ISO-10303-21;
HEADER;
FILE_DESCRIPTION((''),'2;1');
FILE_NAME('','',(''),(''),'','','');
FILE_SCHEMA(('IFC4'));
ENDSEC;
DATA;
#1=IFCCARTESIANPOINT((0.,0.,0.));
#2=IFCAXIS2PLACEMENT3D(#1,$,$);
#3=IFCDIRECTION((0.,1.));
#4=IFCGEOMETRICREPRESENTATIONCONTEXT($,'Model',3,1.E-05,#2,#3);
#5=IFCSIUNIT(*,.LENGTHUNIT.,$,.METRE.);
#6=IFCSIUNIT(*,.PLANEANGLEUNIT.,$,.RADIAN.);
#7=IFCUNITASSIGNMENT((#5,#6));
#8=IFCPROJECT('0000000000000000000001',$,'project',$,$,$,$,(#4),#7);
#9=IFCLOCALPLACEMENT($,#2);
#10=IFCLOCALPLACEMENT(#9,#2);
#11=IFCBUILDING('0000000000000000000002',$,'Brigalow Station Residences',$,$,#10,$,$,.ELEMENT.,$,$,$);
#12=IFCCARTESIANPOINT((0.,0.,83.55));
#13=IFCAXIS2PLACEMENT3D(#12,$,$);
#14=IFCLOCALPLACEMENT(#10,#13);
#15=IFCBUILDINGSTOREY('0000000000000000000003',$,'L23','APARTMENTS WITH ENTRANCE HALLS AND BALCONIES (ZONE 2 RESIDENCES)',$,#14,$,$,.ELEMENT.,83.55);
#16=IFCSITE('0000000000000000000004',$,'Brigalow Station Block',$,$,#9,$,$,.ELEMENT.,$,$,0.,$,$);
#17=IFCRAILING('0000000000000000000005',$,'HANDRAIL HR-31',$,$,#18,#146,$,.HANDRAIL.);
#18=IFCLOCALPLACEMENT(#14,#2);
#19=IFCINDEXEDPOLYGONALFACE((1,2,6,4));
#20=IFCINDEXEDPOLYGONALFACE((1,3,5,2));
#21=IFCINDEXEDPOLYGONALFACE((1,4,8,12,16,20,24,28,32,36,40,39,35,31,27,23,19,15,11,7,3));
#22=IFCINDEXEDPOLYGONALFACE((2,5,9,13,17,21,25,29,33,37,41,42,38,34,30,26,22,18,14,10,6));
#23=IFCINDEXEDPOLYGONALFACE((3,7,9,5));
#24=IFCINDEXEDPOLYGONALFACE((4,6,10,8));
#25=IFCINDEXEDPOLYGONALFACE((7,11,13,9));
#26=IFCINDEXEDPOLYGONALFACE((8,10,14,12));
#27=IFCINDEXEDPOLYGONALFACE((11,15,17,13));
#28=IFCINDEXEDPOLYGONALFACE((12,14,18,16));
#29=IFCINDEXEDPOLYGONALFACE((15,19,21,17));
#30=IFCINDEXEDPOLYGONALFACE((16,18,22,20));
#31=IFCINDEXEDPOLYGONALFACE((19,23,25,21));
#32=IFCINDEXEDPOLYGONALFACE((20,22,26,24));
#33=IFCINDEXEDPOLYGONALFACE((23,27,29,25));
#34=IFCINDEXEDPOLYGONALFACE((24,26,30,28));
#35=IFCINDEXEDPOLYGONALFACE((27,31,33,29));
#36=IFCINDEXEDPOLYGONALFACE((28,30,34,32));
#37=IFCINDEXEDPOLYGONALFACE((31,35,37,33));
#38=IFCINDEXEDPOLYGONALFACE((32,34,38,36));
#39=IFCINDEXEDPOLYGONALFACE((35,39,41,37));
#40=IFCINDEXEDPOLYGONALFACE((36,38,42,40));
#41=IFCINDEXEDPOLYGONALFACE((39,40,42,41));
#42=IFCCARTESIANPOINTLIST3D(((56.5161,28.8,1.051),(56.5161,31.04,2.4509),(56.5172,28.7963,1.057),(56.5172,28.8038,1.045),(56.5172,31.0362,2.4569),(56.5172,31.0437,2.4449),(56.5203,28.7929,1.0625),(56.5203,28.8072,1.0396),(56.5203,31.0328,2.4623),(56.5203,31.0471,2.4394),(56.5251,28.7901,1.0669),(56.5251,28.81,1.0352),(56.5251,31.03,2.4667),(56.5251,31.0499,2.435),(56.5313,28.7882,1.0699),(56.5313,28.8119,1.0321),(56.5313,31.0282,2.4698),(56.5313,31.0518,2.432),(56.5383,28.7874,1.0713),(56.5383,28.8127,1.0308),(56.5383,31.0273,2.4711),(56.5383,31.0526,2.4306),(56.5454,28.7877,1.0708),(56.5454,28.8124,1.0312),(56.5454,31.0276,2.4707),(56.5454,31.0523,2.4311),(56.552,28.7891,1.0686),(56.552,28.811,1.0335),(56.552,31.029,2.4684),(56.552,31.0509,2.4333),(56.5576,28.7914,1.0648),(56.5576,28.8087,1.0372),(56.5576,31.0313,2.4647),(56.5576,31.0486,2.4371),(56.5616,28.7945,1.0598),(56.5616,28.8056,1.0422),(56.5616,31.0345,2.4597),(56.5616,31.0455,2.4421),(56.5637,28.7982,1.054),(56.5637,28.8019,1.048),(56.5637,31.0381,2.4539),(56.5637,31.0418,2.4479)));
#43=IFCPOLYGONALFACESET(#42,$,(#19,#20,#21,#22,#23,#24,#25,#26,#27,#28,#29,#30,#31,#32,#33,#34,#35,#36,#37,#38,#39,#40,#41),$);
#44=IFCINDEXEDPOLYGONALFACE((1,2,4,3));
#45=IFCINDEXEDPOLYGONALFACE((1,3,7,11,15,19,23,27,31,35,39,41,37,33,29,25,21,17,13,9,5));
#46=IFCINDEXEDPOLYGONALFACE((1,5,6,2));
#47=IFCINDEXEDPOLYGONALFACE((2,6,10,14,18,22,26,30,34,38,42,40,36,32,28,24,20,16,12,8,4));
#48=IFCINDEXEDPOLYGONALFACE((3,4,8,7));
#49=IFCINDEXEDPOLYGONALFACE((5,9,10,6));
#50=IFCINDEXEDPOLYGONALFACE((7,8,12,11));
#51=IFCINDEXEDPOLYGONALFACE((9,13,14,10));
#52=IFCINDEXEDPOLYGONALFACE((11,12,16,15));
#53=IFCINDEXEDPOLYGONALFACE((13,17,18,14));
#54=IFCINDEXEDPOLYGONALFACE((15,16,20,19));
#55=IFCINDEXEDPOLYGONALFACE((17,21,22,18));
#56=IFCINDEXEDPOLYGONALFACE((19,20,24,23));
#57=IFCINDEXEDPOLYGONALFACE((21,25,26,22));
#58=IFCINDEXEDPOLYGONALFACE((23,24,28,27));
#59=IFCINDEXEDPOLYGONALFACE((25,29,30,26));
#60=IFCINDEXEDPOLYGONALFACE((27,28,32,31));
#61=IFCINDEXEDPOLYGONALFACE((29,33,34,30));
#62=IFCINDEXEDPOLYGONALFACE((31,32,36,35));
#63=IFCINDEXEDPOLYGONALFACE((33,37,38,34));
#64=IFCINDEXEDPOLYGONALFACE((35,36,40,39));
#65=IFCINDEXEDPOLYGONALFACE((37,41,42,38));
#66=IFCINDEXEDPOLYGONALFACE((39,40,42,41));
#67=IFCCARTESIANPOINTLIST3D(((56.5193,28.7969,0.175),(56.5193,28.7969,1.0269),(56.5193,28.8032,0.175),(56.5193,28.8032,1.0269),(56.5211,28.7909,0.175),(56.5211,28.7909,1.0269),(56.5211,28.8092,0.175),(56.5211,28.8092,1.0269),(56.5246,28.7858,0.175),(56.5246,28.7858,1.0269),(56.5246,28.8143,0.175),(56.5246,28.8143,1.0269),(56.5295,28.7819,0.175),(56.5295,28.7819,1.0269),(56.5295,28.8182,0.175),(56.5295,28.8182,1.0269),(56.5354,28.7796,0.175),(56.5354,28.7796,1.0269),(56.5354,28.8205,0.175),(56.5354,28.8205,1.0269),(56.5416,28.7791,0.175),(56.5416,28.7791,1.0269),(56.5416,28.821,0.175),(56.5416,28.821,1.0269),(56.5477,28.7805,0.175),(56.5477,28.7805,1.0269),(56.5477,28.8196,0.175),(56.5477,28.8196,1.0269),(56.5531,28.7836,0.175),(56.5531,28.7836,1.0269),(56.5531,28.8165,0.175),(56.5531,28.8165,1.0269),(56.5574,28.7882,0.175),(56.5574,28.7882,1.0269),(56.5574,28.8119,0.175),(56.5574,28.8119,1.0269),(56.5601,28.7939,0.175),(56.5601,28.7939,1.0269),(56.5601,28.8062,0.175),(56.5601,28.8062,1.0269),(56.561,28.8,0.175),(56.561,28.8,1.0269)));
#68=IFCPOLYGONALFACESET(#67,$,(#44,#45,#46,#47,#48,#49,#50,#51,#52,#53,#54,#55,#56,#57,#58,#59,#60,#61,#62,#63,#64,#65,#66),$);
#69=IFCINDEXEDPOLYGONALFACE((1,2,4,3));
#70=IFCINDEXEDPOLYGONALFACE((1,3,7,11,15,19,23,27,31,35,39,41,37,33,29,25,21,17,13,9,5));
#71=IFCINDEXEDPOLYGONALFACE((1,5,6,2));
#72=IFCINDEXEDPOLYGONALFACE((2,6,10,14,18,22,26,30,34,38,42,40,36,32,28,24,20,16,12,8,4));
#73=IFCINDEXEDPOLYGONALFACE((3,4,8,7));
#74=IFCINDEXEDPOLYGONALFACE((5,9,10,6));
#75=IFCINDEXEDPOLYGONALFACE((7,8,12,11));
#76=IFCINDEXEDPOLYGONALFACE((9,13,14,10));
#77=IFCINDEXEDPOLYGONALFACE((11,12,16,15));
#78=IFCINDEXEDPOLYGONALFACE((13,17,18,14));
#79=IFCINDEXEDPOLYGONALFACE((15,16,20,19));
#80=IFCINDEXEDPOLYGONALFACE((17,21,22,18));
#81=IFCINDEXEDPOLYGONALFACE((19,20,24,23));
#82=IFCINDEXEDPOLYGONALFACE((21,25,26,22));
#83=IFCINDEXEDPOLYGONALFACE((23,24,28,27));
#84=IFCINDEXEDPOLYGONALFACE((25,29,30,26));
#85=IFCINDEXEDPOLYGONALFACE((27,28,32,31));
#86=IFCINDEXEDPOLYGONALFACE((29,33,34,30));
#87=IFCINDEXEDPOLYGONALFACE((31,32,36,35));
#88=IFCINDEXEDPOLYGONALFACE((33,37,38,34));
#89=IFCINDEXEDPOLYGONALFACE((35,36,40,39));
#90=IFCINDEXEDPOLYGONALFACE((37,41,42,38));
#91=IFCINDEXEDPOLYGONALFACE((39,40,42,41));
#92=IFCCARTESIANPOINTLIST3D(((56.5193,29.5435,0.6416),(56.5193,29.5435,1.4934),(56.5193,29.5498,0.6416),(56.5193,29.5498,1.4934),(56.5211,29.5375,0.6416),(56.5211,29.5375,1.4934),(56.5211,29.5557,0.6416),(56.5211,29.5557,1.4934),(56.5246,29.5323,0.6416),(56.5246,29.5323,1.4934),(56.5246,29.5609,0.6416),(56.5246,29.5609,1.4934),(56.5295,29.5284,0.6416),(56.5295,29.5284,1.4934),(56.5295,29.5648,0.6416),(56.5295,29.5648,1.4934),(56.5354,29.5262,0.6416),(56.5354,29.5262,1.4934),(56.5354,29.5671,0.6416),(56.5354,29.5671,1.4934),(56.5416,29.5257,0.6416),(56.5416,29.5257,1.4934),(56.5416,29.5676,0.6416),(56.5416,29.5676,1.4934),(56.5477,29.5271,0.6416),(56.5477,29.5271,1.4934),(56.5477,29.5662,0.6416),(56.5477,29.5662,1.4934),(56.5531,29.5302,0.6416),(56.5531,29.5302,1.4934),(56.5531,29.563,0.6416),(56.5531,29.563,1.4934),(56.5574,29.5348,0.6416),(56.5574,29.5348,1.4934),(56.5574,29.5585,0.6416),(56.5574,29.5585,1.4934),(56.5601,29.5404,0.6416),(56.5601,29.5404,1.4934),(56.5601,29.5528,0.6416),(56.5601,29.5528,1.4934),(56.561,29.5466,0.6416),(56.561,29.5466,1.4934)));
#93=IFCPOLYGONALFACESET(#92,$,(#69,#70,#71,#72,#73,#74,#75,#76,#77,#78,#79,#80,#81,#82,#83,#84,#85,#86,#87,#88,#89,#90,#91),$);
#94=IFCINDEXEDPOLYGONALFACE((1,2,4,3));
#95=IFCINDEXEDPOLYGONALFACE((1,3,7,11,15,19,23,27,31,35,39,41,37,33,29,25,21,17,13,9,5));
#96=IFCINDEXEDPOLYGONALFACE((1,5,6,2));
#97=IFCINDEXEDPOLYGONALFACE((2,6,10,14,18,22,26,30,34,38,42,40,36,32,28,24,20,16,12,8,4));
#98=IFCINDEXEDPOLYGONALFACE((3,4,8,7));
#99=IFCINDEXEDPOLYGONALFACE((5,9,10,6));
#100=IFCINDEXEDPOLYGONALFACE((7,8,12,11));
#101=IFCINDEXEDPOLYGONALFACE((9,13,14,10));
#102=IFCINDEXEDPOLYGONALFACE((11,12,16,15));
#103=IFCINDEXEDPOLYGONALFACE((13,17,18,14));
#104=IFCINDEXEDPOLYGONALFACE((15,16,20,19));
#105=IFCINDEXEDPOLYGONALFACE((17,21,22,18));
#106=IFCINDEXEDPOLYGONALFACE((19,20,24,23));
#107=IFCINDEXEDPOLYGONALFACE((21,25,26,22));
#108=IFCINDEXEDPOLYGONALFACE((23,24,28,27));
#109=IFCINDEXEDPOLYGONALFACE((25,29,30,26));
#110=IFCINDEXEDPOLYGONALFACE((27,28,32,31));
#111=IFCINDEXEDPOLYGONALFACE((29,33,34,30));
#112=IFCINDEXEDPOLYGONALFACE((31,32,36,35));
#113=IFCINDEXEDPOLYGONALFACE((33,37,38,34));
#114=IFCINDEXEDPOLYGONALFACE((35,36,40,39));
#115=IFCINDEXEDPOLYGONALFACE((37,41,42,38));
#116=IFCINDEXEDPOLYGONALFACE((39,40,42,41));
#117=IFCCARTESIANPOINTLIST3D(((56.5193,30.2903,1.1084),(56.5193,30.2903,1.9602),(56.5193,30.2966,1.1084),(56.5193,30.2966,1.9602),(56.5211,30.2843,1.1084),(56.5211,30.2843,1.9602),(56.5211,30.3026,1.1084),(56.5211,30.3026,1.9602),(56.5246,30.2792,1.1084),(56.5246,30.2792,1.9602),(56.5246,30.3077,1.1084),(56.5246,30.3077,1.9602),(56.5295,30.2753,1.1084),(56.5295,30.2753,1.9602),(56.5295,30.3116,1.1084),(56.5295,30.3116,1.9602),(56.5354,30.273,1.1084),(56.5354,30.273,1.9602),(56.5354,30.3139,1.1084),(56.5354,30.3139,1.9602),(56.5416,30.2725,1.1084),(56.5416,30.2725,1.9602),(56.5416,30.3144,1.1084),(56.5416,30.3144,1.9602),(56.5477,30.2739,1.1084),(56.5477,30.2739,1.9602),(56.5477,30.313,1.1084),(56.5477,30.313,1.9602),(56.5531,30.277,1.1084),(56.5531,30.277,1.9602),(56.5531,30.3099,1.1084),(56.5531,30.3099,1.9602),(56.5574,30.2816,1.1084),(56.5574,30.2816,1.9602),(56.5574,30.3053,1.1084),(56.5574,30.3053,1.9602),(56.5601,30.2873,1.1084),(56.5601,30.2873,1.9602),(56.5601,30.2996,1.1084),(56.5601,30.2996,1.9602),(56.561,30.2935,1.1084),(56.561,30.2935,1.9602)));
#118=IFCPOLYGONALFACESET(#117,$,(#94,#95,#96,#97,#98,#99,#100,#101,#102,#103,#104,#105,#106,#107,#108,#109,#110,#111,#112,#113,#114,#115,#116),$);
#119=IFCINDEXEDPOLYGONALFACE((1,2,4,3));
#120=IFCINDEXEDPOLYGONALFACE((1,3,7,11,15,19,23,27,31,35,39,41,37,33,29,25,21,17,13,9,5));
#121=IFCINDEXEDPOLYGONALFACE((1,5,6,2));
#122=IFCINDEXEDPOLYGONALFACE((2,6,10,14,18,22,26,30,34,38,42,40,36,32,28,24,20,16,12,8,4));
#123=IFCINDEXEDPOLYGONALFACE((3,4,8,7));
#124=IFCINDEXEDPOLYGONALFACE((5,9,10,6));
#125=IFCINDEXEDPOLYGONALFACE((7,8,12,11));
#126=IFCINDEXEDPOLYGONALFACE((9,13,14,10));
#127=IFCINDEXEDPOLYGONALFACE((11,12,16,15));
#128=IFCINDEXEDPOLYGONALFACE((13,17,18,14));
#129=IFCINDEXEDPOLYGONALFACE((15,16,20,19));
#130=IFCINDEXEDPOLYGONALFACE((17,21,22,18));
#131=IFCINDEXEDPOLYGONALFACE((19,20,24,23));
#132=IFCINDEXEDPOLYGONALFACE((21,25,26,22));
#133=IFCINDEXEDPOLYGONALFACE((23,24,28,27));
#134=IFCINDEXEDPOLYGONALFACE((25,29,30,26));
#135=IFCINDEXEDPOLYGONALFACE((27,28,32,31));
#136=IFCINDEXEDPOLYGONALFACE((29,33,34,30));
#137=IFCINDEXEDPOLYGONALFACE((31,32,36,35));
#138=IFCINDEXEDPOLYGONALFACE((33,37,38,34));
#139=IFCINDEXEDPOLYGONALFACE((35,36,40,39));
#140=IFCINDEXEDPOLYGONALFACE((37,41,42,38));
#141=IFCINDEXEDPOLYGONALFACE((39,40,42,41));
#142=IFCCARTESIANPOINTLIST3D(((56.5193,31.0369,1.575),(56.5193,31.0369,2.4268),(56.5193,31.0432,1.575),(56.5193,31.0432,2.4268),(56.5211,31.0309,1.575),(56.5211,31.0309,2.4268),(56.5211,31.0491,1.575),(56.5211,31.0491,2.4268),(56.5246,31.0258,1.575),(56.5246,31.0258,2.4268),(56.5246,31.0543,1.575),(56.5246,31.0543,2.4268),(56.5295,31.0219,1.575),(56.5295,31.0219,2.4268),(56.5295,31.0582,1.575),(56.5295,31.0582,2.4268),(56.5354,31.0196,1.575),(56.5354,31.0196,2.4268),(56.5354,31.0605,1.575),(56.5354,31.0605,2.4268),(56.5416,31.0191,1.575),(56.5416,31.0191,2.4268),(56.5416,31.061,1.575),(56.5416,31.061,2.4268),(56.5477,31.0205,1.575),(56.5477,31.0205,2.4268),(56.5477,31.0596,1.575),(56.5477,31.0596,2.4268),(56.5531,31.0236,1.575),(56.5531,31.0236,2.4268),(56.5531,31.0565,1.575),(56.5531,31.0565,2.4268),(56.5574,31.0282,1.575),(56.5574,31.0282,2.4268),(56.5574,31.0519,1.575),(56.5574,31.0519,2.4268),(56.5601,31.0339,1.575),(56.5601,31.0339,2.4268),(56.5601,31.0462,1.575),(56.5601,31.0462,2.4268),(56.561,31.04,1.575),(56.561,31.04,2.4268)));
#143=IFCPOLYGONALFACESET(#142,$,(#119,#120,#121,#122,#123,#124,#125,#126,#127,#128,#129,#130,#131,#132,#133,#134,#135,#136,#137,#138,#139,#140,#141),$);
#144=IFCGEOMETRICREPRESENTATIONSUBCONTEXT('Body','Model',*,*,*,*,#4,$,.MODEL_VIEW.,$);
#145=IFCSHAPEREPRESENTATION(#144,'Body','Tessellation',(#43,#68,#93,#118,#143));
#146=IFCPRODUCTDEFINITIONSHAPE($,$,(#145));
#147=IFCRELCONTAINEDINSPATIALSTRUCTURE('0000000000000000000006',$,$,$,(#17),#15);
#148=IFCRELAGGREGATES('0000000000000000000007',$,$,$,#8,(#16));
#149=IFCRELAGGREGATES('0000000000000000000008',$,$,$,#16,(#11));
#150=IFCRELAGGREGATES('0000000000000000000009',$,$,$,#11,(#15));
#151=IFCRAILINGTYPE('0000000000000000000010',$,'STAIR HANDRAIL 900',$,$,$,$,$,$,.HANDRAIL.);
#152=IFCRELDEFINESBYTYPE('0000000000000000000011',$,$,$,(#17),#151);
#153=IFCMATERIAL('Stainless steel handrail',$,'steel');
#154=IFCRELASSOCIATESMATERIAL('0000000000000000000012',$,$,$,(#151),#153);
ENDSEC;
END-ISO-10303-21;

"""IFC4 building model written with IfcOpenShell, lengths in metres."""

from ifc_helpers import new_model, si_unit, direction, frame, origin, origin_2d, place, context, subcontext, project, spatial, circle, extrude, material, type_object, element, save


model = new_model("IFC4")

# Units and contexts
model_context = context("Model", 3, precision=1e-05, world=origin(), true_north=direction((0.0, 1.0)))
body_context = subcontext(model_context, "Body", "Model", "MODEL_VIEW")
ifc_project = project(units=[si_unit("LENGTHUNIT", "METRE"), si_unit("PLANEANGLEUNIT", "RADIAN")], contexts=[model_context])

# Site, building, storey
site_placement = place(None, origin())
site = spatial("IfcSite", under=ifc_project, at=site_placement, Name="Brigalow Station Block", CompositionType="ELEMENT", RefElevation=0.0)
building_placement = place(site_placement, origin())
building = spatial("IfcBuilding", under=site, at=building_placement, Name="Brigalow Station Residences", CompositionType="ELEMENT")
storey_placement = place(building_placement, frame((0.0, 0.0, 83.55)))
storey = spatial("IfcBuildingStorey", under=building, at=storey_placement, Name="L23", Description="APARTMENTS WITH ENTRANCE HALLS AND BALCONIES (ZONE 2 RESIDENCES)", CompositionType="ELEMENT", Elevation=83.55)

# Railing
ifc_material_1 = material(Name="Stainless steel handrail", Category="steel")
railing_type_1 = type_object("IfcRailingType", Name="STAIR HANDRAIL 900", PredefinedType="HANDRAIL", material=ifc_material_1)
railing_1_placement = place(storey_placement, frame((56.54, 28.8, 0.175)))
element("IfcRailing", 1, at=railing_1_placement, inside=storey, type_object=railing_type_1, Name="HANDRAIL HR-31", PredefinedType="HANDRAIL", context=body_context, shape_type="SweptSolid", body=[
    extrude(circle(Radius=0.0239, at=origin_2d()), frame((0.0, 0.0, 0.876), z_axis=(0.0, 0.848014, 0.529974), x_axis=(-1.0, 0.0, 0.0)), (0.0, 0.0, 1.0), 2.6414),
    extrude(circle(Radius=0.021, at=origin_2d()), origin(), (0.0, 0.0, 1.0), 0.8518),
    extrude(circle(Radius=0.021, at=origin_2d()), frame((0.0, 0.7466, 0.4666)), (0.0, 0.0, 1.0), 0.8518),
    extrude(circle(Radius=0.021, at=origin_2d()), frame((0.0, 1.4934, 0.9333)), (0.0, 0.0, 1.0), 0.8518),
    extrude(circle(Radius=0.021, at=origin_2d()), frame((0.0, 2.24, 1.3999)), (0.0, 0.0, 1.0), 0.8518),
])

save(model, "model.ifc")
